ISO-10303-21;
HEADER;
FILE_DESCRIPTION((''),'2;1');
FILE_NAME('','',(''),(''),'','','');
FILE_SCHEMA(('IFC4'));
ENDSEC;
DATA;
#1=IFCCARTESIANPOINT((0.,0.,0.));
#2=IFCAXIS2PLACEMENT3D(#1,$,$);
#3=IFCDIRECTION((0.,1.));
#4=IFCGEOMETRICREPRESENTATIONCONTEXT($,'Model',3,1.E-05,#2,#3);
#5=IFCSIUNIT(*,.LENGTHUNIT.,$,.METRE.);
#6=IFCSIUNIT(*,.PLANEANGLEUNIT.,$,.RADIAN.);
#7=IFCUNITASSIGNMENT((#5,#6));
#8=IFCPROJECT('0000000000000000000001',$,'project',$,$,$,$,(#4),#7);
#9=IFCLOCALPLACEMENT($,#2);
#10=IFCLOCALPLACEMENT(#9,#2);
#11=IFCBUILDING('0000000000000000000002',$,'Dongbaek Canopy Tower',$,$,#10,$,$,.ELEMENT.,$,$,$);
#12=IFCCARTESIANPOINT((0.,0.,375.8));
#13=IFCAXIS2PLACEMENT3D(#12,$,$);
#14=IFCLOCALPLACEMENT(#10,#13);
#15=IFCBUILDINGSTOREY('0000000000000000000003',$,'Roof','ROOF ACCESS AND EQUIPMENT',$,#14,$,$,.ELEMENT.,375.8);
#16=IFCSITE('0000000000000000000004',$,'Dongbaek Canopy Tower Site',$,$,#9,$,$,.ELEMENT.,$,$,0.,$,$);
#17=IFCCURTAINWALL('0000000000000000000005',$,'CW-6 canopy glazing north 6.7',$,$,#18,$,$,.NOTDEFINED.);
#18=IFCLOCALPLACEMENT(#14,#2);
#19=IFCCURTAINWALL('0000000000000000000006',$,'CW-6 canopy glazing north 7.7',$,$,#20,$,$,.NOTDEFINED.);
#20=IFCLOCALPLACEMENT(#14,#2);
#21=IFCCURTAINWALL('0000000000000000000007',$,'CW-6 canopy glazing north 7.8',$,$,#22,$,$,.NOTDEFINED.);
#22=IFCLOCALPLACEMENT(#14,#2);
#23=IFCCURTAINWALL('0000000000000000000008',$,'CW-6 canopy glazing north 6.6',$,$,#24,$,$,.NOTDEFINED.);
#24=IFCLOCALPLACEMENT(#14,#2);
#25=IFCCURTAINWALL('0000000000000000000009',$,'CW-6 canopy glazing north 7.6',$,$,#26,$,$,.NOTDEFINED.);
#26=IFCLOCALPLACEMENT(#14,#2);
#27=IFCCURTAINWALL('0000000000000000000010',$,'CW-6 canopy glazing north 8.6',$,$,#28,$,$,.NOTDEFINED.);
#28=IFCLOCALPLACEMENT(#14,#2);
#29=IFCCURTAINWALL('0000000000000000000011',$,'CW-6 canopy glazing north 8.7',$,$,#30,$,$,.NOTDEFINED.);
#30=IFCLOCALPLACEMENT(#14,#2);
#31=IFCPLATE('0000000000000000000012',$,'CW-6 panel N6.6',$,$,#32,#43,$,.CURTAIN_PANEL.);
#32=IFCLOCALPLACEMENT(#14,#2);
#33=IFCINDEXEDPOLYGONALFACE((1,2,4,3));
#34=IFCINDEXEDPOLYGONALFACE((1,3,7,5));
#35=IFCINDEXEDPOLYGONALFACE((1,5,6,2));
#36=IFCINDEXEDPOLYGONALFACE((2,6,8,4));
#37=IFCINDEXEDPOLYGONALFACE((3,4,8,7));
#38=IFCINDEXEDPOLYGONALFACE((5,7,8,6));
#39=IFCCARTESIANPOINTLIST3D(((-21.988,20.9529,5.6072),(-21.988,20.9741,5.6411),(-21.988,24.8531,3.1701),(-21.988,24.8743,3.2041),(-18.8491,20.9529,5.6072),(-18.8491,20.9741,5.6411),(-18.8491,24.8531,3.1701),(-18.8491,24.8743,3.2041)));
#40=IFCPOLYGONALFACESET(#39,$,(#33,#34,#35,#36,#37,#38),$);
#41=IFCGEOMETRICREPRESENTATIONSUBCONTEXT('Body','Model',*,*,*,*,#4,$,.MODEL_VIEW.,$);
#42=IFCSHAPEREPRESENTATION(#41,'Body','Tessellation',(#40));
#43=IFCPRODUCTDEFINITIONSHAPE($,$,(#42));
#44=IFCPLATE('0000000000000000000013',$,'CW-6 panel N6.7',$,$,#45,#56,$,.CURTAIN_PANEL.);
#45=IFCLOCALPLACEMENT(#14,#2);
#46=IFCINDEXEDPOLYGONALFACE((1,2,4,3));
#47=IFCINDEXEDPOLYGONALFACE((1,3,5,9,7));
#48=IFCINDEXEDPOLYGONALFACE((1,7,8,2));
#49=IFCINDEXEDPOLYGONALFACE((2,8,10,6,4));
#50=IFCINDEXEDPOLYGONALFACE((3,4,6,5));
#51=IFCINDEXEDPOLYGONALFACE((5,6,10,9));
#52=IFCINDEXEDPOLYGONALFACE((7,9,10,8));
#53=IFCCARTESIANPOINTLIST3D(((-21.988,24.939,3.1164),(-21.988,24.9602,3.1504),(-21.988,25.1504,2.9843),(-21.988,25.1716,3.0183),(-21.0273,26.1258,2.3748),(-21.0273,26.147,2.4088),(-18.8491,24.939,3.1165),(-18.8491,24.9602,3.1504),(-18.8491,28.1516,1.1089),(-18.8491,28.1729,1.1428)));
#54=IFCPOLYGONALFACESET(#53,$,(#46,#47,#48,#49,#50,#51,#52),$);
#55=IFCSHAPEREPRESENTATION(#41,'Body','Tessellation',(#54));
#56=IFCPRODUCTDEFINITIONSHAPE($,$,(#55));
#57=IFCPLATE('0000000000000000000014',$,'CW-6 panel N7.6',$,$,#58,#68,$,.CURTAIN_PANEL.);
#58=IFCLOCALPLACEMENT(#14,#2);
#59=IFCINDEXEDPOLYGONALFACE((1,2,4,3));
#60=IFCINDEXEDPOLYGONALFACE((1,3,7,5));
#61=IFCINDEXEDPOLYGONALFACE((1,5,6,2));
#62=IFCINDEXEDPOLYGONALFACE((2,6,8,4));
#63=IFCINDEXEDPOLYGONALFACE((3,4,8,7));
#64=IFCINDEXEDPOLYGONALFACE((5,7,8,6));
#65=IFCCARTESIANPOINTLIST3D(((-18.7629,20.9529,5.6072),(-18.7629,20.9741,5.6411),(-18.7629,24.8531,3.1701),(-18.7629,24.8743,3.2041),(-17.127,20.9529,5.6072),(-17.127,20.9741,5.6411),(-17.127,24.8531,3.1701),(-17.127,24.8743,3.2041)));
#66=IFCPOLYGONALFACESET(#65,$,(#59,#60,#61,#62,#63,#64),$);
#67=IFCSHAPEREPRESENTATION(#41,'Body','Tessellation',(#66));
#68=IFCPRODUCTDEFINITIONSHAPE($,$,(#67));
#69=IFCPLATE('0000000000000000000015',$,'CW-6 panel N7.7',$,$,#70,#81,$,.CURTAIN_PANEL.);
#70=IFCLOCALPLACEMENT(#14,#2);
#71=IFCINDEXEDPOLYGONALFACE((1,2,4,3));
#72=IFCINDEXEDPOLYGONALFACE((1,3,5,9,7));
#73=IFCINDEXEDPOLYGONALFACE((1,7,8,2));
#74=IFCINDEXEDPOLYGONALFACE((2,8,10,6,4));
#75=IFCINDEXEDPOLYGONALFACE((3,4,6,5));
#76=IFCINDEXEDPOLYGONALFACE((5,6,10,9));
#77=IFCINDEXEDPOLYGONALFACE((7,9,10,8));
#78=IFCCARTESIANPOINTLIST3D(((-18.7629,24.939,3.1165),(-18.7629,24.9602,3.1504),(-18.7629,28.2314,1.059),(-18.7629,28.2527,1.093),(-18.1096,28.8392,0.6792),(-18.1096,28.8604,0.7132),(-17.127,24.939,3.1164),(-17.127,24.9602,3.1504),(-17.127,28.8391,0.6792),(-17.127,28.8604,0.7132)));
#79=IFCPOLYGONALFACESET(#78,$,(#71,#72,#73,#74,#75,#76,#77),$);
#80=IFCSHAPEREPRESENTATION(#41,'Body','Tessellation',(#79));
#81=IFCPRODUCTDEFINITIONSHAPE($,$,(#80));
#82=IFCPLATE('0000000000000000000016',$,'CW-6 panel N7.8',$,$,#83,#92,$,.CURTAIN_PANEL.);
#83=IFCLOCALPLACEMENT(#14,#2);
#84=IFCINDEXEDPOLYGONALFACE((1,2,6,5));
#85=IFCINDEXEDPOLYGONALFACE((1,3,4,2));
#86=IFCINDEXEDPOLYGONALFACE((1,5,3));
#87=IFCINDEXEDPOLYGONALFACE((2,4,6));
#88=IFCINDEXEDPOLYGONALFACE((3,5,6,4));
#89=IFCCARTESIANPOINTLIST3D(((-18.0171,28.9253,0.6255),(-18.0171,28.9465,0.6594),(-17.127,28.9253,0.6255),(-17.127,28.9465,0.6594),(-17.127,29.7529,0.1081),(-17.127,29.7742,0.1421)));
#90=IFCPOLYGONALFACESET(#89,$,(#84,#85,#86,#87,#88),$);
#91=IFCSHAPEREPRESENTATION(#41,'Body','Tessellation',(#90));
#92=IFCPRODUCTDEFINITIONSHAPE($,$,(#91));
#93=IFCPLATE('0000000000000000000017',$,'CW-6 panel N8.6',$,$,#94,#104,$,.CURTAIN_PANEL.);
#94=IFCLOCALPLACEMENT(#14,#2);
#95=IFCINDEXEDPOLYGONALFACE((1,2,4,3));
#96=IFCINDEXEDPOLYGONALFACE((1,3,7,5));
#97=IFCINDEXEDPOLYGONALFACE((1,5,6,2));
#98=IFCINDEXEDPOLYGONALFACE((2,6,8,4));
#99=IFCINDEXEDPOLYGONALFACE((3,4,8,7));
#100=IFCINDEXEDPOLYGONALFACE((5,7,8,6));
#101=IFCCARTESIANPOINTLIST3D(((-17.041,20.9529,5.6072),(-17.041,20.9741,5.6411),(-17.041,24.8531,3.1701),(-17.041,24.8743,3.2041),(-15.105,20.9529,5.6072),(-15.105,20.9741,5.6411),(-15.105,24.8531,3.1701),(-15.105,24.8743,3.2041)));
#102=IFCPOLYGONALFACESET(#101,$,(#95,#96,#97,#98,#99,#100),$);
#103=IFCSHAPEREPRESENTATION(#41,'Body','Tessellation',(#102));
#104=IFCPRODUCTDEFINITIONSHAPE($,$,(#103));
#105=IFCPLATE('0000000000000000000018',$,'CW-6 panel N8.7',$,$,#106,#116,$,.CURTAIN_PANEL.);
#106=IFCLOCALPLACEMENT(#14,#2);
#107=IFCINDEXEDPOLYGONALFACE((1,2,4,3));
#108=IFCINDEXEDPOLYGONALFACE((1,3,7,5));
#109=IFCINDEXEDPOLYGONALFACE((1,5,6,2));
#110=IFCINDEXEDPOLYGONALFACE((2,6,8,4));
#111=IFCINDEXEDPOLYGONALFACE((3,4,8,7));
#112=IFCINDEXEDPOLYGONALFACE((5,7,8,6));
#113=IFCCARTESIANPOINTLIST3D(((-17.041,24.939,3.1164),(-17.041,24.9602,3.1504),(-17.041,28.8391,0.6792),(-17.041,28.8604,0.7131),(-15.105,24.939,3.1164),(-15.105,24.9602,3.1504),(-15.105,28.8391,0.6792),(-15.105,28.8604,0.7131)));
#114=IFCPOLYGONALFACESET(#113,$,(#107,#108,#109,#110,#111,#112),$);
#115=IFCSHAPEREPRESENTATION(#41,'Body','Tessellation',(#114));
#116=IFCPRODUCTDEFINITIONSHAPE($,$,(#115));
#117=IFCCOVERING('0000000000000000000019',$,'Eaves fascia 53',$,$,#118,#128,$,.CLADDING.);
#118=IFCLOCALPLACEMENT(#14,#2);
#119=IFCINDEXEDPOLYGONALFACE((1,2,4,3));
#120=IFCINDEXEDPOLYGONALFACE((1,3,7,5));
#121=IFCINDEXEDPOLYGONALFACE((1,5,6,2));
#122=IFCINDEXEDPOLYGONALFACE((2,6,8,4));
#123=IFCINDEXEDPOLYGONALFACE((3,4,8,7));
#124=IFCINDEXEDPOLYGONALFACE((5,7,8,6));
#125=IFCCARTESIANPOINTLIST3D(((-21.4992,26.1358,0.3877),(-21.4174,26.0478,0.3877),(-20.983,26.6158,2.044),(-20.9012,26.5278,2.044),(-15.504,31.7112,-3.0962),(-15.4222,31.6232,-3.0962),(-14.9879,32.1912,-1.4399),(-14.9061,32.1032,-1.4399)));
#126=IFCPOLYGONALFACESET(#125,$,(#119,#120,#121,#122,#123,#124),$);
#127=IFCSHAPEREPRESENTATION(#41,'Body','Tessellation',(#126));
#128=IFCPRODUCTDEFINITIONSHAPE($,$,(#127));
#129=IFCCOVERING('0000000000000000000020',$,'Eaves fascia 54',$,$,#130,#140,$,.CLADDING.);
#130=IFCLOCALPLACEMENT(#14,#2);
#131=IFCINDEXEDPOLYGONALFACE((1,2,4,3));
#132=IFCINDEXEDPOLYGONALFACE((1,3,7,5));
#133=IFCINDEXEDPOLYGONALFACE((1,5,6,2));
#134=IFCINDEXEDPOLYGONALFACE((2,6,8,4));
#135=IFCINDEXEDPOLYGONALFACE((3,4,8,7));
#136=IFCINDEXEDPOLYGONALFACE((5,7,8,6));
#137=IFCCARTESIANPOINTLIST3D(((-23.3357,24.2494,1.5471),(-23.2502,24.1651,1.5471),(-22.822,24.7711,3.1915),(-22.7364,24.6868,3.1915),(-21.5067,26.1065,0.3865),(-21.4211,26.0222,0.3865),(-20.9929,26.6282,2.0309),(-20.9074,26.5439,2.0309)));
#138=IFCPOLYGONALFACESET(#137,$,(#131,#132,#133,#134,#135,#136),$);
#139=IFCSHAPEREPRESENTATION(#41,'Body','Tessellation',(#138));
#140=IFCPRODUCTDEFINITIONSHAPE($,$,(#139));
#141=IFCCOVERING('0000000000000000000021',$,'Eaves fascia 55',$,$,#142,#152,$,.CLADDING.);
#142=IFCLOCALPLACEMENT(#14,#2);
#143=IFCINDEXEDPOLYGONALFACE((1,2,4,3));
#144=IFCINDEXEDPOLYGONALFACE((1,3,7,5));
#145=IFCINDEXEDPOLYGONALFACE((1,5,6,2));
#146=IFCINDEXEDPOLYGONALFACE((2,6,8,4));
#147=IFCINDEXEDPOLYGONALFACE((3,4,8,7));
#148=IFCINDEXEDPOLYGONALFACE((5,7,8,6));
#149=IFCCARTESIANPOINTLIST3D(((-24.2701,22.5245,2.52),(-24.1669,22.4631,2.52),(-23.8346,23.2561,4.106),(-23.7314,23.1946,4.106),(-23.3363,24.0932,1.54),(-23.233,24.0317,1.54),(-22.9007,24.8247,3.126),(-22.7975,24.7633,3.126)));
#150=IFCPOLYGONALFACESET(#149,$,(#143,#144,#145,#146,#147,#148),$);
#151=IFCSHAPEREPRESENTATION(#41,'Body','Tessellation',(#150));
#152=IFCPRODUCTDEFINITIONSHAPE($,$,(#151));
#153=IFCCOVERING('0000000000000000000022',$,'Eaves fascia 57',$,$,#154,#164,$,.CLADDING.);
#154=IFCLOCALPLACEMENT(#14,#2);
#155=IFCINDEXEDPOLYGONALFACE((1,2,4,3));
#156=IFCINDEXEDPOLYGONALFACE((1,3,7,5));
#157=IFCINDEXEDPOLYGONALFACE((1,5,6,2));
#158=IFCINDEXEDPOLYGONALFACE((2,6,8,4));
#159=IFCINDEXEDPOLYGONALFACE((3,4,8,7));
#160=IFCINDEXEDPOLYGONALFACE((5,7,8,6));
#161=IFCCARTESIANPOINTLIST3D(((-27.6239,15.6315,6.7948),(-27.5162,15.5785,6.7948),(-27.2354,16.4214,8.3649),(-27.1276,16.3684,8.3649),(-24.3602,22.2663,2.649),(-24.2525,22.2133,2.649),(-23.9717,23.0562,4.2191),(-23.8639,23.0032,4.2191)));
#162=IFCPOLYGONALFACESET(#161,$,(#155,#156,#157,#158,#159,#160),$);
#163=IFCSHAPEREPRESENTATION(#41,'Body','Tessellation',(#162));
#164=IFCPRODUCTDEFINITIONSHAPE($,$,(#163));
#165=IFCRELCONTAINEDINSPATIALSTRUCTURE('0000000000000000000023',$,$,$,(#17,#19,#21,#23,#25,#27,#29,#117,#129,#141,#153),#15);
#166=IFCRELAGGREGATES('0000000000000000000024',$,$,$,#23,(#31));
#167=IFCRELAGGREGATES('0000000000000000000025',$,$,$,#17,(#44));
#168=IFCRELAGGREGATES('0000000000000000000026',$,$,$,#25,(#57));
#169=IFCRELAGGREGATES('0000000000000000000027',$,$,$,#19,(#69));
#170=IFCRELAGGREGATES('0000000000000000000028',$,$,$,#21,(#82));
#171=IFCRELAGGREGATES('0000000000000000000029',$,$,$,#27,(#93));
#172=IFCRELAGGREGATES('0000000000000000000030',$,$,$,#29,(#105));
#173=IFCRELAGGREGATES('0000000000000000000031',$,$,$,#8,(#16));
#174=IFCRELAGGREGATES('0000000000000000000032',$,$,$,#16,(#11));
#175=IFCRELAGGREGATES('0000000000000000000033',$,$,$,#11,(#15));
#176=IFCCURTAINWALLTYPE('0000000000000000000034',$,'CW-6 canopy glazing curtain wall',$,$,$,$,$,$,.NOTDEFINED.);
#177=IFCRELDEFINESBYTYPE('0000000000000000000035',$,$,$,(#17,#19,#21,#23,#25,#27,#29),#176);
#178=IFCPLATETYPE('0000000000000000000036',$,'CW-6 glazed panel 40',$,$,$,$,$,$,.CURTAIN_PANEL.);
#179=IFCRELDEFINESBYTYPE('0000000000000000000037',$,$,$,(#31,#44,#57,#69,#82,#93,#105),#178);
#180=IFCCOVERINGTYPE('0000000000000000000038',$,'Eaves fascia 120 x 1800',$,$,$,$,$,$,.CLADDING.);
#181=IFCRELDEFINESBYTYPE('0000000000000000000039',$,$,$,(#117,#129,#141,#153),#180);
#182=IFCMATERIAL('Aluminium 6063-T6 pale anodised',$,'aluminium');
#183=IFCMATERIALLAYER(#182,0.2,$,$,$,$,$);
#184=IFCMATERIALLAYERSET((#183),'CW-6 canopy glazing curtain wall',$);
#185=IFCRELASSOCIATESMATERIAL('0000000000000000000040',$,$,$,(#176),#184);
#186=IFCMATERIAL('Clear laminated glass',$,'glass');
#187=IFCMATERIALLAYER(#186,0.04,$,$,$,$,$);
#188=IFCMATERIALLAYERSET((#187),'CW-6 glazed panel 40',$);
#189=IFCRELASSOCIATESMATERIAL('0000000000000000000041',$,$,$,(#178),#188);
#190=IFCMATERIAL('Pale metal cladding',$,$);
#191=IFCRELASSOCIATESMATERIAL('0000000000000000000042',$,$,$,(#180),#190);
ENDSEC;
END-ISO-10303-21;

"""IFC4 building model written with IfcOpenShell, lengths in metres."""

from ifc_helpers import new_model, si_unit, direction, frame, origin, origin_2d, place, context, subcontext, project, spatial, polyline, rectangle, outline, extrude, material, layer, layer_set, material_profile, profile_set, type_object, element, aggregate, save


model = new_model("IFC4")

# Units and contexts
model_context = context("Model", 3, precision=1e-05, world=origin(), true_north=direction((0.0, 1.0)))
body_context = subcontext(model_context, "Body", "Model", "MODEL_VIEW")
ifc_project = project(units=[si_unit("LENGTHUNIT", "METRE"), si_unit("PLANEANGLEUNIT", "RADIAN")], contexts=[model_context])

# Site, building, storey
site_placement = place(None, origin())
site = spatial("IfcSite", under=ifc_project, at=site_placement, Name="Dongbaek Canopy Tower Site", CompositionType="ELEMENT", RefElevation=0.0)
building_placement = place(site_placement, origin())
building = spatial("IfcBuilding", under=site, at=building_placement, Name="Dongbaek Canopy Tower", CompositionType="ELEMENT")
storey_placement = place(building_placement, frame((0.0, 0.0, 375.8)))
storey = spatial("IfcBuildingStorey", under=building, at=storey_placement, Name="Roof", Description="ROOF ACCESS AND EQUIPMENT", CompositionType="ELEMENT", Elevation=375.8)

# Curtain walls
ifc_material_1 = material(Name="Aluminium 6063-T6 pale anodised", Category="aluminium")
ifc_layer_1 = layer(ifc_material_1, 0.2)
ifc_layer_set_1 = layer_set([ifc_layer_1], Name="CW-6 canopy glazing curtain wall")
curtain_wall_type = type_object("IfcCurtainWallType", Name="CW-6 canopy glazing curtain wall", PredefinedType="NOTDEFINED", material=ifc_layer_set_1)
curtain_wall_1_placement = place(storey_placement, origin())
curtain_wall_1 = element("IfcCurtainWall", 1, at=curtain_wall_1_placement, inside=storey, type_object=curtain_wall_type, Name="CW-6 canopy glazing north 6.7", PredefinedType="NOTDEFINED")
curtain_wall_2_placement = place(storey_placement, origin())
curtain_wall_2 = element("IfcCurtainWall", 2, at=curtain_wall_2_placement, inside=storey, type_object=curtain_wall_type, Name="CW-6 canopy glazing north 7.7", PredefinedType="NOTDEFINED")
curtain_wall_3_placement = place(storey_placement, origin())
curtain_wall_3 = element("IfcCurtainWall", 3, at=curtain_wall_3_placement, inside=storey, type_object=curtain_wall_type, Name="CW-6 canopy glazing north 7.8", PredefinedType="NOTDEFINED")
curtain_wall_4_placement = place(storey_placement, origin())
curtain_wall_4 = element("IfcCurtainWall", 4, at=curtain_wall_4_placement, inside=storey, type_object=curtain_wall_type, Name="CW-6 canopy glazing north 6.6", PredefinedType="NOTDEFINED")
curtain_wall_5_placement = place(storey_placement, origin())
curtain_wall_5 = element("IfcCurtainWall", 5, at=curtain_wall_5_placement, inside=storey, type_object=curtain_wall_type, Name="CW-6 canopy glazing north 7.6", PredefinedType="NOTDEFINED")

# Curtain walls
curtain_wall_6_placement = place(storey_placement, origin())
curtain_wall_6 = element("IfcCurtainWall", 6, at=curtain_wall_6_placement, inside=storey, type_object=curtain_wall_type, Name="CW-6 canopy glazing north 8.6", PredefinedType="NOTDEFINED")
curtain_wall_7_placement = place(storey_placement, origin())
curtain_wall_7 = element("IfcCurtainWall", 7, at=curtain_wall_7_placement, inside=storey, type_object=curtain_wall_type, Name="CW-6 canopy glazing north 8.7", PredefinedType="NOTDEFINED")

# Shared definitions
ifc_material_2 = material(Name="Clear laminated glass", Category="glass")
ifc_layer_2 = layer(ifc_material_2, 0.04)
ifc_layer_set_2 = layer_set([ifc_layer_2], Name="CW-6 glazed panel 40")
plate_type = type_object("IfcPlateType", Name="CW-6 glazed panel 40", PredefinedType="CURTAIN_PANEL", material=ifc_layer_set_2)

# Plates
plate_1_placement = place(storey_placement, frame((-18.8491, 20.9741, 5.6411), z_axis=(0.0, 0.529908, 0.848055), x_axis=(-1.0, 0.0, 0.0)))
plate_1 = element("IfcPlate", 8, at=plate_1_placement, type_object=plate_type, Name="CW-6 panel N6.6", PredefinedType="CURTAIN_PANEL", context=body_context, shape_type="SweptSolid", body=[
    extrude(outline(polyline([(0.0, 0.0), (3.1389, 0.0), (3.1389, -4.5989), (0.0, -4.5989), (0.0, 0.0)])), origin(), (0.0, 0.0, -1.0), 0.04),
])
aggregate(curtain_wall_4, [plate_1])
plate_2_placement = place(storey_placement, frame((-18.8491, 28.1729, 1.1428), z_axis=(-0.000018, 0.52995, 0.848029), x_axis=(0.0, -0.848029, 0.52995)))
plate_2 = element("IfcPlate", 9, at=plate_2_placement, type_object=plate_type, Name="CW-6 panel N6.7", PredefinedType="CURTAIN_PANEL", context=body_context, shape_type="SweptSolid", body=[
    extrude(outline(polyline([(0.0, 0.0), (3.7883, 0.0), (3.7883, -3.1389), (3.539, -3.1389), (2.3889, -2.1782), (0.0, 0.0)])), origin(), (0.0, 0.0, -1.0), 0.04),
])
aggregate(curtain_wall_1, [plate_2])
plate_3_placement = place(storey_placement, frame((-17.127, 20.9741, 5.6411), z_axis=(0.0, 0.529908, 0.848055), x_axis=(-1.0, 0.0, 0.0)))
plate_3 = element("IfcPlate", 10, at=plate_3_placement, type_object=plate_type, Name="CW-6 panel N7.6", PredefinedType="CURTAIN_PANEL", context=body_context, shape_type="SweptSolid", body=[
    extrude(outline(polyline([(0.0, 0.0), (1.636, 0.0), (1.636, -4.5989), (0.0, -4.5989), (0.0, 0.0)])), origin(), (0.0, 0.0, -1.0), 0.04),
])
aggregate(curtain_wall_5, [plate_3])
plate_4_placement = place(storey_placement, frame((-17.127, 24.9602, 3.1504), z_axis=(0.000038, 0.529942, 0.848034), x_axis=(-1.0, 0.00002, 0.000033)))
plate_4 = element("IfcPlate", 11, at=plate_4_placement, type_object=plate_type, Name="CW-6 panel N7.7", PredefinedType="CURTAIN_PANEL", context=body_context, shape_type="SweptSolid", body=[
    extrude(outline(polyline([(0.0, 0.0), (1.636, 0.0), (1.636, -3.8824), (0.9827, -4.5991), (0.0, -4.5991), (0.0, 0.0)])), origin(), (0.0, 0.0, -1.0), 0.04),
])
aggregate(curtain_wall_2, [plate_4])
plate_5_placement = place(storey_placement, frame((-17.127, 28.9465, 0.6594), z_axis=(0.0, 0.530044, 0.84797), x_axis=(-1.0, 0.0, 0.0)))
plate_5 = element("IfcPlate", 12, at=plate_5_placement, type_object=plate_type, Name="CW-6 panel N7.8", PredefinedType="CURTAIN_PANEL", context=body_context, shape_type="SweptSolid", body=[
    extrude(outline(polyline([(0.0, 0.0), (0.8901, 0.0), (0.0, -0.976), (0.0, 0.0)])), origin(), (0.0, 0.0, -1.0), 0.04),
])
aggregate(curtain_wall_3, [plate_5])
plate_6_placement = place(storey_placement, frame((-15.105, 20.9741, 5.6411), z_axis=(0.0, 0.529908, 0.848055), x_axis=(-1.0, 0.0, 0.0)))
plate_6 = element("IfcPlate", 13, at=plate_6_placement, type_object=plate_type, Name="CW-6 panel N8.6", PredefinedType="CURTAIN_PANEL", context=body_context, shape_type="SweptSolid", body=[
    extrude(outline(polyline([(0.0, 0.0), (1.936, 0.0), (1.936, -4.5989), (0.0, -4.5989), (0.0, 0.0)])), origin(), (0.0, 0.0, -1.0), 0.04),
])
aggregate(curtain_wall_6, [plate_6])
plate_7_placement = place(storey_placement, frame((-15.105, 24.9602, 3.1504), z_axis=(0.0, 0.529946, 0.848031), x_axis=(-1.0, 0.0, 0.0)))
plate_7 = element("IfcPlate", 14, at=plate_7_placement, type_object=plate_type, Name="CW-6 panel N8.7", PredefinedType="CURTAIN_PANEL", context=body_context, shape_type="SweptSolid", body=[
    extrude(outline(polyline([(0.0, 0.0), (1.936, 0.0), (1.936, -4.5991), (0.0, -4.5991), (0.0, 0.0)])), origin(), (0.0, 0.0, -1.0), 0.04),
])
aggregate(curtain_wall_7, [plate_7])

# Coverings
ifc_material_3 = material(Name="Pale metal cladding")
ifc_material_profile_1 = material_profile(ifc_material_3, rectangle(XDim=0.1201, YDim=1.8, at=origin_2d()), Name="Eaves fascia 120 x 1800")
ifc_profile_set_1 = profile_set([ifc_material_profile_1], Name="Pale metal cladding")
covering_type = type_object("IfcCoveringType", Name="Eaves fascia 120 x 1800", PredefinedType="CLADDING", material=ifc_profile_set_1)
covering_1_placement = place(storey_placement, frame((-15.2051, 31.9072, -2.2681), z_axis=(-0.673803, -0.626634, 0.391561), x_axis=(0.681011, -0.732273, 0.0)))
element("IfcCovering", 15, at=covering_1_placement, inside=storey, type_object=covering_type, Name="Eaves fascia 53", PredefinedType="CLADDING", context=body_context, shape_type="SweptSolid", body=[
    extrude(rectangle(XDim=0.1201, YDim=1.8, at=origin_2d()), origin(), (0.0, 0.0, 1.0), 8.8975),
])
covering_2_placement = place(storey_placement, frame((-21.207, 26.3252, 1.2087), z_axis=(-0.641028, -0.650868, 0.40676), x_axis=(0.712472, -0.701701, 0.0)))
element("IfcCovering", 16, at=covering_2_placement, inside=storey, type_object=covering_type, Name="Eaves fascia 54", PredefinedType="CLADDING", context=body_context, shape_type="SweptSolid", body=[
    extrude(rectangle(XDim=0.1201, YDim=1.8, at=origin_2d()), origin(), (0.0, 0.0, 1.0), 2.8533),
])
covering_3_placement = place(storey_placement, frame((-23.0669, 24.4282, 2.333), z_axis=(-0.450707, -0.75707, 0.472977), x_axis=(0.859258, -0.511543, 0.0)))
element("IfcCovering", 17, at=covering_3_placement, inside=storey, type_object=covering_type, Name="Eaves fascia 55", PredefinedType="CLADDING", context=body_context, shape_type="SweptSolid", body=[
    extrude(rectangle(XDim=0.1201, YDim=1.8, at=origin_2d()), origin(), (0.0, 0.0, 1.0), 2.072),
])
covering_4_placement = place(storey_placement, frame((-24.1121, 22.6348, 3.4341), z_axis=(-0.385005, -0.782682, 0.489061), x_axis=(0.897314, -0.441393, 0.0)))
element("IfcCovering", 18, at=covering_4_placement, inside=storey, type_object=covering_type, Name="Eaves fascia 57", PredefinedType="CLADDING", context=body_context, shape_type="SweptSolid", body=[
    extrude(rectangle(XDim=0.1201, YDim=1.8, at=origin_2d()), origin(), (0.0, 0.0, 1.0), 8.4771),
])

save(model, "model.ifc")
